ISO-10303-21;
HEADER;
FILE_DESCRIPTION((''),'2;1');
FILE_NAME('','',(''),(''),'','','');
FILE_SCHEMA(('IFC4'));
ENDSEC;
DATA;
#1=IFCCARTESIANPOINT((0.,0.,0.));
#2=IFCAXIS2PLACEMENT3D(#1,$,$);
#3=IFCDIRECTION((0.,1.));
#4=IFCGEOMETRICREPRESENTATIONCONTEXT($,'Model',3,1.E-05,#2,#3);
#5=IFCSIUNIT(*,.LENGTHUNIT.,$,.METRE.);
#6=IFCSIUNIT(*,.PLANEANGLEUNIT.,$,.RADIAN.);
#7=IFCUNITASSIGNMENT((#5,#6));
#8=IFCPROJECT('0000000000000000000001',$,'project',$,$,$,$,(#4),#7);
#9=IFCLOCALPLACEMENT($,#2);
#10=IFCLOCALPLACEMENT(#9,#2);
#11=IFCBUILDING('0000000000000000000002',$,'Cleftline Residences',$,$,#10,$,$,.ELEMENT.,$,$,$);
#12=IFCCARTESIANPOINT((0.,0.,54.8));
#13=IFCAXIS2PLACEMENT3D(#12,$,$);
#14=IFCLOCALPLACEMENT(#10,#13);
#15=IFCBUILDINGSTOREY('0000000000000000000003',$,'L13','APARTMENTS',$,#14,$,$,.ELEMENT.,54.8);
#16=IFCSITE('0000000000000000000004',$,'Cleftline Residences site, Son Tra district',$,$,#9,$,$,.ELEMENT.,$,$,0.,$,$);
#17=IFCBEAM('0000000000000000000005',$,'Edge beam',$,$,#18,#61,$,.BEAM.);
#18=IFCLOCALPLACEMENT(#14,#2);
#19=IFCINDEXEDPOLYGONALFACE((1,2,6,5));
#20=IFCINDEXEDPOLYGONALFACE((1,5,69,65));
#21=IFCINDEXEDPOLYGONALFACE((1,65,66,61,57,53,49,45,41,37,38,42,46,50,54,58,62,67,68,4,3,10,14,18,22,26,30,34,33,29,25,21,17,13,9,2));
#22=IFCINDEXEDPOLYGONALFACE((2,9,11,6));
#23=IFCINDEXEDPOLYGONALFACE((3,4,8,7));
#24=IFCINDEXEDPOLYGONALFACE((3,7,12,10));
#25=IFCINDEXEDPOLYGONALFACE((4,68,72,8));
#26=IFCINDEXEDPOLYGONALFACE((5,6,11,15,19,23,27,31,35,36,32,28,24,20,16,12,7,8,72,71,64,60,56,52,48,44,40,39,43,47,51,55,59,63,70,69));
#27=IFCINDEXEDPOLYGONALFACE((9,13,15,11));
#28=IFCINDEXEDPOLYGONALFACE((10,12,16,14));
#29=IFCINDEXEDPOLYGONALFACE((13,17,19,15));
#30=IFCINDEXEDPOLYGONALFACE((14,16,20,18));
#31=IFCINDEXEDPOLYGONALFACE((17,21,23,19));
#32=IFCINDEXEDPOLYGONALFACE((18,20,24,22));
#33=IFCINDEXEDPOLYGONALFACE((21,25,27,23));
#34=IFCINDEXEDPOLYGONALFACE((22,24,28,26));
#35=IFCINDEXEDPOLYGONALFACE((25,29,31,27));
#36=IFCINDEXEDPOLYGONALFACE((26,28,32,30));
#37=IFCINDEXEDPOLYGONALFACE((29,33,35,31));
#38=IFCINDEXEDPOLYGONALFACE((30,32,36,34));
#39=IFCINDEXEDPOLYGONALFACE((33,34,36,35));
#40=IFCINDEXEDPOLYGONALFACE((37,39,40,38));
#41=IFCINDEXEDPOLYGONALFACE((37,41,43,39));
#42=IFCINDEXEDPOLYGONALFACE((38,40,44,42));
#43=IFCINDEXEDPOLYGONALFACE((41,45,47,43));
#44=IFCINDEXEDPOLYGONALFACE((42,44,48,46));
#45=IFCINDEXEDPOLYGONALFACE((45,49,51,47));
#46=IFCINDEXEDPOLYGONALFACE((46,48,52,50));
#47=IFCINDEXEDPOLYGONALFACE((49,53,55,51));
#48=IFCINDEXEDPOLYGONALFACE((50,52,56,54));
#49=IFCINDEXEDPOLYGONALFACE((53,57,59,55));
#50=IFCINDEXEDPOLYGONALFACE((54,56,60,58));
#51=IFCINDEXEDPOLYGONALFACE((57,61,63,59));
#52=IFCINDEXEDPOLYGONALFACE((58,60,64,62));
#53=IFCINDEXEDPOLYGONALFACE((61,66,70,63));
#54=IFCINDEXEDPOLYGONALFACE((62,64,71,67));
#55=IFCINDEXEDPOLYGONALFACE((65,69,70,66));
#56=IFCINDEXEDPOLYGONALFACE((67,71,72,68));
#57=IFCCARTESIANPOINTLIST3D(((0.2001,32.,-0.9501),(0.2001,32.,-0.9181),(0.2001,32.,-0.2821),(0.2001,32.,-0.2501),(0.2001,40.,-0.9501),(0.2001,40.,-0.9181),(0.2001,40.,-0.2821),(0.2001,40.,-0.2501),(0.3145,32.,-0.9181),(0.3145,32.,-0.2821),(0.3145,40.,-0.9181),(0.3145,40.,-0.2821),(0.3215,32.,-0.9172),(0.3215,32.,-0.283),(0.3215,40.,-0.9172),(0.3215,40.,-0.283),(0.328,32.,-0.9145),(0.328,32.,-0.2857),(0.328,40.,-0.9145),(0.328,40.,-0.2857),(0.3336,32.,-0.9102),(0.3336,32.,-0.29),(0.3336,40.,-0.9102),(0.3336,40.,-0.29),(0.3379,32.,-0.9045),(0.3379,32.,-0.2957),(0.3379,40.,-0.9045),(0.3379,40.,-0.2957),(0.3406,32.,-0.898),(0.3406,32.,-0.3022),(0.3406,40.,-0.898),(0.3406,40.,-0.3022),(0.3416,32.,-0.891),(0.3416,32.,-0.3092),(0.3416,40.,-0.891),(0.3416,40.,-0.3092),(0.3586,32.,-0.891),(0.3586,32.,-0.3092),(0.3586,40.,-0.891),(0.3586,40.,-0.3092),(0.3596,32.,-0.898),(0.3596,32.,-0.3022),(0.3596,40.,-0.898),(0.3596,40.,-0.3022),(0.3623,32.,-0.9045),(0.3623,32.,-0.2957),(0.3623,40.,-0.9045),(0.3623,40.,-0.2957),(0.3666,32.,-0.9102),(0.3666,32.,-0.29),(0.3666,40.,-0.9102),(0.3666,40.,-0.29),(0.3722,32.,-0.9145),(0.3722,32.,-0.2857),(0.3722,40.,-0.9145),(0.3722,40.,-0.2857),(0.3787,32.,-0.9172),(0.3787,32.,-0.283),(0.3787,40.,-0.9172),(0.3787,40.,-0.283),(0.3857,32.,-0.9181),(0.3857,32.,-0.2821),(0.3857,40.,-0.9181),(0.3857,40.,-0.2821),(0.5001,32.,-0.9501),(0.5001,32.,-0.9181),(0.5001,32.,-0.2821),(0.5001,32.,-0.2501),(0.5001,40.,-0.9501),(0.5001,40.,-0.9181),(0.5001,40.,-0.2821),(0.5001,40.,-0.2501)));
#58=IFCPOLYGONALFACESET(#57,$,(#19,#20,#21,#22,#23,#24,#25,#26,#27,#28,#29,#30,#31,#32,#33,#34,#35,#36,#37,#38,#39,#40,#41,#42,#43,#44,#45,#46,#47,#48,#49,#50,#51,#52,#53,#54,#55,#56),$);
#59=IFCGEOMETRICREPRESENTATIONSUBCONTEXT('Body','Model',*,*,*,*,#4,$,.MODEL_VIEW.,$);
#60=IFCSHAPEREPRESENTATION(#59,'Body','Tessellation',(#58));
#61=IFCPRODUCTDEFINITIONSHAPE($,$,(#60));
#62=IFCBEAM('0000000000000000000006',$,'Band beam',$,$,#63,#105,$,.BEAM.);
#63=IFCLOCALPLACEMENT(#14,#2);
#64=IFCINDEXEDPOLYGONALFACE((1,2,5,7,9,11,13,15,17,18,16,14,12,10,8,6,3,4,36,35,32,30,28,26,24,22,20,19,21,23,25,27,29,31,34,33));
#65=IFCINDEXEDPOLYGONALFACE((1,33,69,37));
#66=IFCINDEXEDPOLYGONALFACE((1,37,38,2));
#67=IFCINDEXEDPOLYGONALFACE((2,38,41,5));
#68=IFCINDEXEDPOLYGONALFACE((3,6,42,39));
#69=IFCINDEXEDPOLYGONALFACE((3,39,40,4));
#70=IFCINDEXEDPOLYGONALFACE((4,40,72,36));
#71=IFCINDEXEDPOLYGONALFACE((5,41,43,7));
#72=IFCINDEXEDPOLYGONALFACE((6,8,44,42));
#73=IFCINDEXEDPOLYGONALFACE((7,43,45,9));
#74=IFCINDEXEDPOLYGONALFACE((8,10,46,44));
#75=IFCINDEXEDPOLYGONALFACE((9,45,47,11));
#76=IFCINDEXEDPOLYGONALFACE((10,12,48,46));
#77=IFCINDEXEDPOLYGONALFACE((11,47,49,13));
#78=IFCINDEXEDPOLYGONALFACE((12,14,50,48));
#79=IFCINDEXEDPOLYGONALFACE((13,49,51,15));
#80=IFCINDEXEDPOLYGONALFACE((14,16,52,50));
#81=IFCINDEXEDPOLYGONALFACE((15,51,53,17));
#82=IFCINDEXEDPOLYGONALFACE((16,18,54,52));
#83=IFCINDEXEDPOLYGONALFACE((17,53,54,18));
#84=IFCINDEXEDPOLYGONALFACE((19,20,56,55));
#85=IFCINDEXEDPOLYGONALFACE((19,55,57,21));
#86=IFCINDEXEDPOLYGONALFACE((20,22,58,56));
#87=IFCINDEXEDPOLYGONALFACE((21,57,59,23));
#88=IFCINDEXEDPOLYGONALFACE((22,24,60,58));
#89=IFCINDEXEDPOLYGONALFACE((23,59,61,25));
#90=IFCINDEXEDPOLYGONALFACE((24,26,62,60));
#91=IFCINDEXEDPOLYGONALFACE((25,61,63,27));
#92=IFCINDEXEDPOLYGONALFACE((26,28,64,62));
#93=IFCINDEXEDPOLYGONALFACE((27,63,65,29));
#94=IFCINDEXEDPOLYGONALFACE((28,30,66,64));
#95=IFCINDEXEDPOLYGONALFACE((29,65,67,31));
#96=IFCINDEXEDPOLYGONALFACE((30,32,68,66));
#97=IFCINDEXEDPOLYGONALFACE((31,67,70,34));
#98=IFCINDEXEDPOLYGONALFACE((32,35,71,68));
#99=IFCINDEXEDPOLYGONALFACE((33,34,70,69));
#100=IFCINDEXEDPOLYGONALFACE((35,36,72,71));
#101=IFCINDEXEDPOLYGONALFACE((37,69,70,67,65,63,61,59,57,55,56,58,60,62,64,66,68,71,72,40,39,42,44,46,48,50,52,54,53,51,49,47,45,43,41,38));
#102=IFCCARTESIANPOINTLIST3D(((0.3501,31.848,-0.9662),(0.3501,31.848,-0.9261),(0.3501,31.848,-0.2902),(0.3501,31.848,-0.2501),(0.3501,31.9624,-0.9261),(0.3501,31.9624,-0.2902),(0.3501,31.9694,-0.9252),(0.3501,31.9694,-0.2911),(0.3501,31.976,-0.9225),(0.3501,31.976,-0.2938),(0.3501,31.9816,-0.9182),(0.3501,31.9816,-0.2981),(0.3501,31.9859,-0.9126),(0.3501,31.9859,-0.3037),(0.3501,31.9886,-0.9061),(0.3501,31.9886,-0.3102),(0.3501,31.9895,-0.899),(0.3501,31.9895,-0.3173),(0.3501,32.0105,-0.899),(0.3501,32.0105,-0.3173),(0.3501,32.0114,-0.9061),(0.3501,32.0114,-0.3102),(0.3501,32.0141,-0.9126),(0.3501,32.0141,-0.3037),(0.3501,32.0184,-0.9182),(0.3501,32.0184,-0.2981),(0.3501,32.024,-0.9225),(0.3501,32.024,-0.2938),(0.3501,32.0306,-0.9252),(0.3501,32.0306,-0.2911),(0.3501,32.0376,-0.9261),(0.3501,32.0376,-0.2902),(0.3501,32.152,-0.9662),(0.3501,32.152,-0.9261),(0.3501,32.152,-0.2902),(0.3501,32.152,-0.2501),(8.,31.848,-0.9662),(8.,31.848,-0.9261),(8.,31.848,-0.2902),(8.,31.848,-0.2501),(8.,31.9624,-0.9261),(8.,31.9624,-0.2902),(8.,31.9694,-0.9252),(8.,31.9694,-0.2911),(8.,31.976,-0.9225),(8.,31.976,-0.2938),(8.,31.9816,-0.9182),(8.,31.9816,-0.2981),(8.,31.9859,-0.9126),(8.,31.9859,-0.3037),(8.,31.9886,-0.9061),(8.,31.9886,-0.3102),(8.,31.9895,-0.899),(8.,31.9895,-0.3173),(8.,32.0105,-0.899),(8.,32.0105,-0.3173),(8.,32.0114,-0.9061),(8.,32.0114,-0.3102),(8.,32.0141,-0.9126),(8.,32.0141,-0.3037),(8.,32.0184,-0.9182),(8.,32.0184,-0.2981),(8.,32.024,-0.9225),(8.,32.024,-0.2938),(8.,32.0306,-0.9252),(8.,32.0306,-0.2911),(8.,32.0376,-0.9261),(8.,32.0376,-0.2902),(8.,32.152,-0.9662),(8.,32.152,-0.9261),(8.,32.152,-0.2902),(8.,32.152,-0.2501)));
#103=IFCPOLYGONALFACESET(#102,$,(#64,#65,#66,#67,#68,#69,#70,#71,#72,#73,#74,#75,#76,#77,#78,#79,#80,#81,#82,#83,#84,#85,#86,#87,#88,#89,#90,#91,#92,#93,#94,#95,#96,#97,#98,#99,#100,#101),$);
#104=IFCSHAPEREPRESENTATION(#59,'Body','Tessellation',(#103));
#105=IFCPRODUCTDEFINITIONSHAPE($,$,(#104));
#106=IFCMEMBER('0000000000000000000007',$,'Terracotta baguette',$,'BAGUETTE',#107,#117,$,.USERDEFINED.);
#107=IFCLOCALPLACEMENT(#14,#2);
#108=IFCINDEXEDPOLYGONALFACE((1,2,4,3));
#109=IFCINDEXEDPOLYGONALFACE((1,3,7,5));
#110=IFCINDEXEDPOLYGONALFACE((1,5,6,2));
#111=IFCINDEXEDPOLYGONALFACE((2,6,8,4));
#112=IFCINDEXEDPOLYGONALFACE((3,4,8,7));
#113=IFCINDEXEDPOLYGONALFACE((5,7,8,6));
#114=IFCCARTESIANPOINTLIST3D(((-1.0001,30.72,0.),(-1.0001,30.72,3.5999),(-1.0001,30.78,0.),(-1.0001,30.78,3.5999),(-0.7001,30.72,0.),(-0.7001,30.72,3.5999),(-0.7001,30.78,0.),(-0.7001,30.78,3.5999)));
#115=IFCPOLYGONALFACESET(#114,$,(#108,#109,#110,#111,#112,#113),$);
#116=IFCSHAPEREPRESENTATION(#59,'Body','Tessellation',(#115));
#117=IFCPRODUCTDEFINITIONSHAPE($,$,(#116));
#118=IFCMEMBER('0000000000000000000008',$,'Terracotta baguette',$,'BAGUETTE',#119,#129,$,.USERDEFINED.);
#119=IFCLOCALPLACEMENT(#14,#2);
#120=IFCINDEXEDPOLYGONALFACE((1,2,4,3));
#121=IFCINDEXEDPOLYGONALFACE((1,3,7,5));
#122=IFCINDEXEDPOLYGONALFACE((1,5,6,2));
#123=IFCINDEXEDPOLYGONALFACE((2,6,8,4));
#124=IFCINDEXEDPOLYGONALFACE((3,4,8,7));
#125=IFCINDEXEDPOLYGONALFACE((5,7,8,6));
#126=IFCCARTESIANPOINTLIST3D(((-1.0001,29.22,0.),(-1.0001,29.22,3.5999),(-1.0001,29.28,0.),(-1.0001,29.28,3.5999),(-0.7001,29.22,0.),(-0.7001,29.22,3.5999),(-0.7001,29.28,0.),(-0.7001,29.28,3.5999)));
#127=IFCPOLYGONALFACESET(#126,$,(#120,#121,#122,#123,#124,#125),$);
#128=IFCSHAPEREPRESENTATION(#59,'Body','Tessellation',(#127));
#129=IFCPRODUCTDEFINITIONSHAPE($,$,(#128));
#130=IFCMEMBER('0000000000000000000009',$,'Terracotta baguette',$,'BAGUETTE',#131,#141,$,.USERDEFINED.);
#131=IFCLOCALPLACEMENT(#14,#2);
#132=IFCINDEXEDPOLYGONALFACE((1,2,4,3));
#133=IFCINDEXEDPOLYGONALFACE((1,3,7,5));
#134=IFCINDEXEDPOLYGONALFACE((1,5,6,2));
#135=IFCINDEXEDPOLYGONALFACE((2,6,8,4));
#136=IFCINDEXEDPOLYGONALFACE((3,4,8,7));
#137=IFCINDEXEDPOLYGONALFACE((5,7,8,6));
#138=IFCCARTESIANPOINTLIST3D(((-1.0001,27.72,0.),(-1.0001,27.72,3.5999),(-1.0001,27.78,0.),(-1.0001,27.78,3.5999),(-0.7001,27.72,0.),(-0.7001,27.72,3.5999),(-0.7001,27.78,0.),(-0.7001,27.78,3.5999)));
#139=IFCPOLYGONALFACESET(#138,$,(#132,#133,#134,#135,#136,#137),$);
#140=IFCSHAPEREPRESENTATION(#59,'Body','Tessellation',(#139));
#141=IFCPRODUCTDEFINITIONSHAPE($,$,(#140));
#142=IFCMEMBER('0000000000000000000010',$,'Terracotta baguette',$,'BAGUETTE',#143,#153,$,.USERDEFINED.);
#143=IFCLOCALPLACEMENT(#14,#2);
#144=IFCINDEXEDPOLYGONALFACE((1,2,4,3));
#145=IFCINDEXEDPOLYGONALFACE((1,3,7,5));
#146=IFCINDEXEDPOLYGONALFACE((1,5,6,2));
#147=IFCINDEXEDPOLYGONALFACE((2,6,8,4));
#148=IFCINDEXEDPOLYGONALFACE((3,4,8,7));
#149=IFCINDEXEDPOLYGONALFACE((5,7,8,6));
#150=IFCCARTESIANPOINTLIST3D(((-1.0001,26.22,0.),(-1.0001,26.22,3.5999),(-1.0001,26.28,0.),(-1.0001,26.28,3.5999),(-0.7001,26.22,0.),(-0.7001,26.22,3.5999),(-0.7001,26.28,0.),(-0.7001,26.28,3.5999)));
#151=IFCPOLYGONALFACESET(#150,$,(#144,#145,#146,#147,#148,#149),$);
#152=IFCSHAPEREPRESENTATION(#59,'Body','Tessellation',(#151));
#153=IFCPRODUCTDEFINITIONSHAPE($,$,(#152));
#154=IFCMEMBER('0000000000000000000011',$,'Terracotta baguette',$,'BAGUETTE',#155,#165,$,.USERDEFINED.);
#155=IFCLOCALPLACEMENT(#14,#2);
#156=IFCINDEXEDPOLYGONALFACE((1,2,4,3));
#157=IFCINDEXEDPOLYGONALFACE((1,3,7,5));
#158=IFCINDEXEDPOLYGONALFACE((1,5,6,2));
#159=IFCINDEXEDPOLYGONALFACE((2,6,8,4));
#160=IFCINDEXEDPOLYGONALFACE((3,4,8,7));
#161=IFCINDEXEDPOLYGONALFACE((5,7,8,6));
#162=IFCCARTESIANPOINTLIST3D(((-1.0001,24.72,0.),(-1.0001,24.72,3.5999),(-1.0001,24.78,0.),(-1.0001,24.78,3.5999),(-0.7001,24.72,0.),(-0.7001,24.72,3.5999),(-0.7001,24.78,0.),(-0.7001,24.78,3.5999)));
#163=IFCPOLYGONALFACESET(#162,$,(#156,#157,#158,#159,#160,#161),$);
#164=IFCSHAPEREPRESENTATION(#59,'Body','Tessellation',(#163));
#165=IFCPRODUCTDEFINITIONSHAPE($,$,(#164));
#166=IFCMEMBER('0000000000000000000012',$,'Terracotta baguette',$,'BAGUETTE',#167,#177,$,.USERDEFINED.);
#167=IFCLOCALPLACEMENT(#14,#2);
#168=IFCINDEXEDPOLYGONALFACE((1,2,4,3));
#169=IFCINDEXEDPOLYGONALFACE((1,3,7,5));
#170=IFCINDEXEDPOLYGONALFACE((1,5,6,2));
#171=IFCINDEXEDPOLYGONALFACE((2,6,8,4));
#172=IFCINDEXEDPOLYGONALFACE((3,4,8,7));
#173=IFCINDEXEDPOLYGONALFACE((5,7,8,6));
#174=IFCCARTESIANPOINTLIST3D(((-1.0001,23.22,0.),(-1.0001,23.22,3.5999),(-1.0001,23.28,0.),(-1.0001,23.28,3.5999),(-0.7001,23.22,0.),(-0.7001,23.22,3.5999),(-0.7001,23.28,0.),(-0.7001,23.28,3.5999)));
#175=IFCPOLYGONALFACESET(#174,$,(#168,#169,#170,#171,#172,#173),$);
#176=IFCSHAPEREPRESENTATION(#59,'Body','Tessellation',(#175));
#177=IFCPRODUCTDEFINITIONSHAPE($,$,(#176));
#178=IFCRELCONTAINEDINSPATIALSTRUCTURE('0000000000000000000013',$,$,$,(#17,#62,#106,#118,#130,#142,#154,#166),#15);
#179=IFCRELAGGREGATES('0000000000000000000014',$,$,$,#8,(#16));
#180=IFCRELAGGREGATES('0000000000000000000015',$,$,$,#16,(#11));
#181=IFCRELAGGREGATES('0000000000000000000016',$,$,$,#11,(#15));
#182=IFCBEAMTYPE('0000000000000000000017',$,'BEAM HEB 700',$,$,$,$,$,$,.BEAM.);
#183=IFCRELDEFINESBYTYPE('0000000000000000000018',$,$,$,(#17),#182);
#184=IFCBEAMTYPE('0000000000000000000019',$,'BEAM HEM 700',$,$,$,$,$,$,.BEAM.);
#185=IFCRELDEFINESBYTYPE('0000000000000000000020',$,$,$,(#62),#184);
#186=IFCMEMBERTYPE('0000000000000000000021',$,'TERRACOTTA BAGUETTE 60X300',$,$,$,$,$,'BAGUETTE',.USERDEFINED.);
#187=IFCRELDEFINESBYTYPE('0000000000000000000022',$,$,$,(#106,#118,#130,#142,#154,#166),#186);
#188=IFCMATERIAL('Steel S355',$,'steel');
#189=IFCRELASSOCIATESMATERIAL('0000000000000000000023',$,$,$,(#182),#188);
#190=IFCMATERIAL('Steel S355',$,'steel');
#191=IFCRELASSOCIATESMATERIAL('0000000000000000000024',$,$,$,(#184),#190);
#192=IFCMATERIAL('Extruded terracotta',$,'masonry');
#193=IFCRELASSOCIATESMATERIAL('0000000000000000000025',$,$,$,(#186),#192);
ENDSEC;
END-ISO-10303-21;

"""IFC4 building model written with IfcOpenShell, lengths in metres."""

from ifc_helpers import new_model, si_unit, direction, frame, origin, origin_2d, place, context, subcontext, project, spatial, rectangle, i_section, extrude, material, material_profile, profile_set, type_object, element, save


model = new_model("IFC4")

# Units and contexts
model_context = context("Model", 3, precision=1e-05, world=origin(), true_north=direction((0.0, 1.0)))
body_context = subcontext(model_context, "Body", "Model", "MODEL_VIEW")
ifc_project = project(units=[si_unit("LENGTHUNIT", "METRE"), si_unit("PLANEANGLEUNIT", "RADIAN")], contexts=[model_context])

# Site, building, storey
site_placement = place(None, origin())
site = spatial("IfcSite", under=ifc_project, at=site_placement, Name="Cleftline Residences site, Son Tra district", CompositionType="ELEMENT", RefElevation=0.0)
building_placement = place(site_placement, origin())
building = spatial("IfcBuilding", under=site, at=building_placement, Name="Cleftline Residences", CompositionType="ELEMENT")
storey_placement = place(building_placement, frame((0.0, 0.0, 54.8)))
storey = spatial("IfcBuildingStorey", under=building, at=storey_placement, Name="L13", Description="APARTMENTS", CompositionType="ELEMENT", Elevation=54.8)

# Beams
ifc_material_1 = material(Name="Steel S355", Category="steel")
ifc_material_profile_1 = material_profile(ifc_material_1, i_section(OverallWidth=0.3, OverallDepth=0.7, WebThickness=0.0171, FlangeThickness=0.032, FilletRadius=0.0271, at=origin_2d()))
ifc_profile_set_1 = profile_set([ifc_material_profile_1], Name="Steel S355")
beam_type_1 = type_object("IfcBeamType", Name="BEAM HEB 700", PredefinedType="BEAM", material=ifc_profile_set_1)
for number, where, z_axis, x_axis, name in (
    (1, (0.3501, 32.0, -0.6001), (0.0, 1.0, 0.0), (-1.0, 0.0, 0.0), "Edge beam"),
):
    element("IfcBeam", number, at=place(storey_placement, frame(where, z_axis=z_axis, x_axis=x_axis)), inside=storey, type_object=beam_type_1, Name=name, PredefinedType="BEAM", context=body_context, shape_type="SweptSolid", body=[
        extrude(i_section(OverallWidth=0.3, OverallDepth=0.7, WebThickness=0.0171, FlangeThickness=0.032, FilletRadius=0.0271, at=origin_2d()), origin(), (0.0, 0.0, 1.0), 8.0),
    ])
ifc_material_2 = material(Name="Steel S355", Category="steel")
ifc_material_profile_2 = material_profile(ifc_material_2, i_section(OverallWidth=0.304, OverallDepth=0.7161, WebThickness=0.021, FlangeThickness=0.04, FilletRadius=0.0271, at=origin_2d()))
ifc_profile_set_2 = profile_set([ifc_material_profile_2], Name="Steel S355")
beam_type_2 = type_object("IfcBeamType", Name="BEAM HEM 700", PredefinedType="BEAM", material=ifc_profile_set_2)
beam_placement = place(storey_placement, frame((0.3501, 32.0, -0.6082), z_axis=(1.0, 0.0, 0.0), x_axis=(0.0, 1.0, 0.0)))
element("IfcBeam", 2, at=beam_placement, inside=storey, type_object=beam_type_2, Name="Band beam", PredefinedType="BEAM", context=body_context, shape_type="SweptSolid", body=[
    extrude(i_section(OverallWidth=0.304, OverallDepth=0.7161, WebThickness=0.021, FlangeThickness=0.04, FilletRadius=0.0271, at=origin_2d()), origin(), (0.0, 0.0, 1.0), 7.6499),
])

# Members
ifc_material_3 = material(Name="Extruded terracotta", Category="masonry")
ifc_material_profile_3 = material_profile(ifc_material_3, rectangle(XDim=0.0601, YDim=0.3, at=origin_2d()))
ifc_profile_set_3 = profile_set([ifc_material_profile_3], Name="Extruded terracotta")
member_type_1 = type_object("IfcMemberType", Name="TERRACOTTA BAGUETTE 60X300", ElementType="BAGUETTE", PredefinedType="USERDEFINED", material=ifc_profile_set_3)
for number, where, z_axis, x_axis, name in (
    (3, (-0.8501, 30.75, 0.0), (0.0, 0.0, 1.0), (0.0, 1.0, 0.0), "Terracotta baguette"),
    (4, (-0.8501, 29.25, 0.0), (0.0, 0.0, 1.0), (0.0, 1.0, 0.0), "Terracotta baguette"),
    (5, (-0.8501, 27.75, 0.0), (0.0, 0.0, 1.0), (0.0, 1.0, 0.0), "Terracotta baguette"),
    (6, (-0.8501, 26.25, 0.0), (0.0, 0.0, 1.0), (0.0, 1.0, 0.0), "Terracotta baguette"),
    (7, (-0.8501, 24.75, 0.0), (0.0, 0.0, 1.0), (0.0, 1.0, 0.0), "Terracotta baguette"),
    (8, (-0.8501, 23.25, 0.0), (0.0, 0.0, 1.0), (0.0, 1.0, 0.0), "Terracotta baguette"),
):
    element("IfcMember", number, at=place(storey_placement, frame(where, z_axis=z_axis, x_axis=x_axis)), inside=storey, type_object=member_type_1, Name=name, ObjectType="BAGUETTE", PredefinedType="USERDEFINED", context=body_context, shape_type="SweptSolid", body=[
        extrude(rectangle(XDim=0.0601, YDim=0.3, at=origin_2d()), origin(), (0.0, 0.0, 1.0), 3.5999),
    ])

save(model, "model.ifc")
